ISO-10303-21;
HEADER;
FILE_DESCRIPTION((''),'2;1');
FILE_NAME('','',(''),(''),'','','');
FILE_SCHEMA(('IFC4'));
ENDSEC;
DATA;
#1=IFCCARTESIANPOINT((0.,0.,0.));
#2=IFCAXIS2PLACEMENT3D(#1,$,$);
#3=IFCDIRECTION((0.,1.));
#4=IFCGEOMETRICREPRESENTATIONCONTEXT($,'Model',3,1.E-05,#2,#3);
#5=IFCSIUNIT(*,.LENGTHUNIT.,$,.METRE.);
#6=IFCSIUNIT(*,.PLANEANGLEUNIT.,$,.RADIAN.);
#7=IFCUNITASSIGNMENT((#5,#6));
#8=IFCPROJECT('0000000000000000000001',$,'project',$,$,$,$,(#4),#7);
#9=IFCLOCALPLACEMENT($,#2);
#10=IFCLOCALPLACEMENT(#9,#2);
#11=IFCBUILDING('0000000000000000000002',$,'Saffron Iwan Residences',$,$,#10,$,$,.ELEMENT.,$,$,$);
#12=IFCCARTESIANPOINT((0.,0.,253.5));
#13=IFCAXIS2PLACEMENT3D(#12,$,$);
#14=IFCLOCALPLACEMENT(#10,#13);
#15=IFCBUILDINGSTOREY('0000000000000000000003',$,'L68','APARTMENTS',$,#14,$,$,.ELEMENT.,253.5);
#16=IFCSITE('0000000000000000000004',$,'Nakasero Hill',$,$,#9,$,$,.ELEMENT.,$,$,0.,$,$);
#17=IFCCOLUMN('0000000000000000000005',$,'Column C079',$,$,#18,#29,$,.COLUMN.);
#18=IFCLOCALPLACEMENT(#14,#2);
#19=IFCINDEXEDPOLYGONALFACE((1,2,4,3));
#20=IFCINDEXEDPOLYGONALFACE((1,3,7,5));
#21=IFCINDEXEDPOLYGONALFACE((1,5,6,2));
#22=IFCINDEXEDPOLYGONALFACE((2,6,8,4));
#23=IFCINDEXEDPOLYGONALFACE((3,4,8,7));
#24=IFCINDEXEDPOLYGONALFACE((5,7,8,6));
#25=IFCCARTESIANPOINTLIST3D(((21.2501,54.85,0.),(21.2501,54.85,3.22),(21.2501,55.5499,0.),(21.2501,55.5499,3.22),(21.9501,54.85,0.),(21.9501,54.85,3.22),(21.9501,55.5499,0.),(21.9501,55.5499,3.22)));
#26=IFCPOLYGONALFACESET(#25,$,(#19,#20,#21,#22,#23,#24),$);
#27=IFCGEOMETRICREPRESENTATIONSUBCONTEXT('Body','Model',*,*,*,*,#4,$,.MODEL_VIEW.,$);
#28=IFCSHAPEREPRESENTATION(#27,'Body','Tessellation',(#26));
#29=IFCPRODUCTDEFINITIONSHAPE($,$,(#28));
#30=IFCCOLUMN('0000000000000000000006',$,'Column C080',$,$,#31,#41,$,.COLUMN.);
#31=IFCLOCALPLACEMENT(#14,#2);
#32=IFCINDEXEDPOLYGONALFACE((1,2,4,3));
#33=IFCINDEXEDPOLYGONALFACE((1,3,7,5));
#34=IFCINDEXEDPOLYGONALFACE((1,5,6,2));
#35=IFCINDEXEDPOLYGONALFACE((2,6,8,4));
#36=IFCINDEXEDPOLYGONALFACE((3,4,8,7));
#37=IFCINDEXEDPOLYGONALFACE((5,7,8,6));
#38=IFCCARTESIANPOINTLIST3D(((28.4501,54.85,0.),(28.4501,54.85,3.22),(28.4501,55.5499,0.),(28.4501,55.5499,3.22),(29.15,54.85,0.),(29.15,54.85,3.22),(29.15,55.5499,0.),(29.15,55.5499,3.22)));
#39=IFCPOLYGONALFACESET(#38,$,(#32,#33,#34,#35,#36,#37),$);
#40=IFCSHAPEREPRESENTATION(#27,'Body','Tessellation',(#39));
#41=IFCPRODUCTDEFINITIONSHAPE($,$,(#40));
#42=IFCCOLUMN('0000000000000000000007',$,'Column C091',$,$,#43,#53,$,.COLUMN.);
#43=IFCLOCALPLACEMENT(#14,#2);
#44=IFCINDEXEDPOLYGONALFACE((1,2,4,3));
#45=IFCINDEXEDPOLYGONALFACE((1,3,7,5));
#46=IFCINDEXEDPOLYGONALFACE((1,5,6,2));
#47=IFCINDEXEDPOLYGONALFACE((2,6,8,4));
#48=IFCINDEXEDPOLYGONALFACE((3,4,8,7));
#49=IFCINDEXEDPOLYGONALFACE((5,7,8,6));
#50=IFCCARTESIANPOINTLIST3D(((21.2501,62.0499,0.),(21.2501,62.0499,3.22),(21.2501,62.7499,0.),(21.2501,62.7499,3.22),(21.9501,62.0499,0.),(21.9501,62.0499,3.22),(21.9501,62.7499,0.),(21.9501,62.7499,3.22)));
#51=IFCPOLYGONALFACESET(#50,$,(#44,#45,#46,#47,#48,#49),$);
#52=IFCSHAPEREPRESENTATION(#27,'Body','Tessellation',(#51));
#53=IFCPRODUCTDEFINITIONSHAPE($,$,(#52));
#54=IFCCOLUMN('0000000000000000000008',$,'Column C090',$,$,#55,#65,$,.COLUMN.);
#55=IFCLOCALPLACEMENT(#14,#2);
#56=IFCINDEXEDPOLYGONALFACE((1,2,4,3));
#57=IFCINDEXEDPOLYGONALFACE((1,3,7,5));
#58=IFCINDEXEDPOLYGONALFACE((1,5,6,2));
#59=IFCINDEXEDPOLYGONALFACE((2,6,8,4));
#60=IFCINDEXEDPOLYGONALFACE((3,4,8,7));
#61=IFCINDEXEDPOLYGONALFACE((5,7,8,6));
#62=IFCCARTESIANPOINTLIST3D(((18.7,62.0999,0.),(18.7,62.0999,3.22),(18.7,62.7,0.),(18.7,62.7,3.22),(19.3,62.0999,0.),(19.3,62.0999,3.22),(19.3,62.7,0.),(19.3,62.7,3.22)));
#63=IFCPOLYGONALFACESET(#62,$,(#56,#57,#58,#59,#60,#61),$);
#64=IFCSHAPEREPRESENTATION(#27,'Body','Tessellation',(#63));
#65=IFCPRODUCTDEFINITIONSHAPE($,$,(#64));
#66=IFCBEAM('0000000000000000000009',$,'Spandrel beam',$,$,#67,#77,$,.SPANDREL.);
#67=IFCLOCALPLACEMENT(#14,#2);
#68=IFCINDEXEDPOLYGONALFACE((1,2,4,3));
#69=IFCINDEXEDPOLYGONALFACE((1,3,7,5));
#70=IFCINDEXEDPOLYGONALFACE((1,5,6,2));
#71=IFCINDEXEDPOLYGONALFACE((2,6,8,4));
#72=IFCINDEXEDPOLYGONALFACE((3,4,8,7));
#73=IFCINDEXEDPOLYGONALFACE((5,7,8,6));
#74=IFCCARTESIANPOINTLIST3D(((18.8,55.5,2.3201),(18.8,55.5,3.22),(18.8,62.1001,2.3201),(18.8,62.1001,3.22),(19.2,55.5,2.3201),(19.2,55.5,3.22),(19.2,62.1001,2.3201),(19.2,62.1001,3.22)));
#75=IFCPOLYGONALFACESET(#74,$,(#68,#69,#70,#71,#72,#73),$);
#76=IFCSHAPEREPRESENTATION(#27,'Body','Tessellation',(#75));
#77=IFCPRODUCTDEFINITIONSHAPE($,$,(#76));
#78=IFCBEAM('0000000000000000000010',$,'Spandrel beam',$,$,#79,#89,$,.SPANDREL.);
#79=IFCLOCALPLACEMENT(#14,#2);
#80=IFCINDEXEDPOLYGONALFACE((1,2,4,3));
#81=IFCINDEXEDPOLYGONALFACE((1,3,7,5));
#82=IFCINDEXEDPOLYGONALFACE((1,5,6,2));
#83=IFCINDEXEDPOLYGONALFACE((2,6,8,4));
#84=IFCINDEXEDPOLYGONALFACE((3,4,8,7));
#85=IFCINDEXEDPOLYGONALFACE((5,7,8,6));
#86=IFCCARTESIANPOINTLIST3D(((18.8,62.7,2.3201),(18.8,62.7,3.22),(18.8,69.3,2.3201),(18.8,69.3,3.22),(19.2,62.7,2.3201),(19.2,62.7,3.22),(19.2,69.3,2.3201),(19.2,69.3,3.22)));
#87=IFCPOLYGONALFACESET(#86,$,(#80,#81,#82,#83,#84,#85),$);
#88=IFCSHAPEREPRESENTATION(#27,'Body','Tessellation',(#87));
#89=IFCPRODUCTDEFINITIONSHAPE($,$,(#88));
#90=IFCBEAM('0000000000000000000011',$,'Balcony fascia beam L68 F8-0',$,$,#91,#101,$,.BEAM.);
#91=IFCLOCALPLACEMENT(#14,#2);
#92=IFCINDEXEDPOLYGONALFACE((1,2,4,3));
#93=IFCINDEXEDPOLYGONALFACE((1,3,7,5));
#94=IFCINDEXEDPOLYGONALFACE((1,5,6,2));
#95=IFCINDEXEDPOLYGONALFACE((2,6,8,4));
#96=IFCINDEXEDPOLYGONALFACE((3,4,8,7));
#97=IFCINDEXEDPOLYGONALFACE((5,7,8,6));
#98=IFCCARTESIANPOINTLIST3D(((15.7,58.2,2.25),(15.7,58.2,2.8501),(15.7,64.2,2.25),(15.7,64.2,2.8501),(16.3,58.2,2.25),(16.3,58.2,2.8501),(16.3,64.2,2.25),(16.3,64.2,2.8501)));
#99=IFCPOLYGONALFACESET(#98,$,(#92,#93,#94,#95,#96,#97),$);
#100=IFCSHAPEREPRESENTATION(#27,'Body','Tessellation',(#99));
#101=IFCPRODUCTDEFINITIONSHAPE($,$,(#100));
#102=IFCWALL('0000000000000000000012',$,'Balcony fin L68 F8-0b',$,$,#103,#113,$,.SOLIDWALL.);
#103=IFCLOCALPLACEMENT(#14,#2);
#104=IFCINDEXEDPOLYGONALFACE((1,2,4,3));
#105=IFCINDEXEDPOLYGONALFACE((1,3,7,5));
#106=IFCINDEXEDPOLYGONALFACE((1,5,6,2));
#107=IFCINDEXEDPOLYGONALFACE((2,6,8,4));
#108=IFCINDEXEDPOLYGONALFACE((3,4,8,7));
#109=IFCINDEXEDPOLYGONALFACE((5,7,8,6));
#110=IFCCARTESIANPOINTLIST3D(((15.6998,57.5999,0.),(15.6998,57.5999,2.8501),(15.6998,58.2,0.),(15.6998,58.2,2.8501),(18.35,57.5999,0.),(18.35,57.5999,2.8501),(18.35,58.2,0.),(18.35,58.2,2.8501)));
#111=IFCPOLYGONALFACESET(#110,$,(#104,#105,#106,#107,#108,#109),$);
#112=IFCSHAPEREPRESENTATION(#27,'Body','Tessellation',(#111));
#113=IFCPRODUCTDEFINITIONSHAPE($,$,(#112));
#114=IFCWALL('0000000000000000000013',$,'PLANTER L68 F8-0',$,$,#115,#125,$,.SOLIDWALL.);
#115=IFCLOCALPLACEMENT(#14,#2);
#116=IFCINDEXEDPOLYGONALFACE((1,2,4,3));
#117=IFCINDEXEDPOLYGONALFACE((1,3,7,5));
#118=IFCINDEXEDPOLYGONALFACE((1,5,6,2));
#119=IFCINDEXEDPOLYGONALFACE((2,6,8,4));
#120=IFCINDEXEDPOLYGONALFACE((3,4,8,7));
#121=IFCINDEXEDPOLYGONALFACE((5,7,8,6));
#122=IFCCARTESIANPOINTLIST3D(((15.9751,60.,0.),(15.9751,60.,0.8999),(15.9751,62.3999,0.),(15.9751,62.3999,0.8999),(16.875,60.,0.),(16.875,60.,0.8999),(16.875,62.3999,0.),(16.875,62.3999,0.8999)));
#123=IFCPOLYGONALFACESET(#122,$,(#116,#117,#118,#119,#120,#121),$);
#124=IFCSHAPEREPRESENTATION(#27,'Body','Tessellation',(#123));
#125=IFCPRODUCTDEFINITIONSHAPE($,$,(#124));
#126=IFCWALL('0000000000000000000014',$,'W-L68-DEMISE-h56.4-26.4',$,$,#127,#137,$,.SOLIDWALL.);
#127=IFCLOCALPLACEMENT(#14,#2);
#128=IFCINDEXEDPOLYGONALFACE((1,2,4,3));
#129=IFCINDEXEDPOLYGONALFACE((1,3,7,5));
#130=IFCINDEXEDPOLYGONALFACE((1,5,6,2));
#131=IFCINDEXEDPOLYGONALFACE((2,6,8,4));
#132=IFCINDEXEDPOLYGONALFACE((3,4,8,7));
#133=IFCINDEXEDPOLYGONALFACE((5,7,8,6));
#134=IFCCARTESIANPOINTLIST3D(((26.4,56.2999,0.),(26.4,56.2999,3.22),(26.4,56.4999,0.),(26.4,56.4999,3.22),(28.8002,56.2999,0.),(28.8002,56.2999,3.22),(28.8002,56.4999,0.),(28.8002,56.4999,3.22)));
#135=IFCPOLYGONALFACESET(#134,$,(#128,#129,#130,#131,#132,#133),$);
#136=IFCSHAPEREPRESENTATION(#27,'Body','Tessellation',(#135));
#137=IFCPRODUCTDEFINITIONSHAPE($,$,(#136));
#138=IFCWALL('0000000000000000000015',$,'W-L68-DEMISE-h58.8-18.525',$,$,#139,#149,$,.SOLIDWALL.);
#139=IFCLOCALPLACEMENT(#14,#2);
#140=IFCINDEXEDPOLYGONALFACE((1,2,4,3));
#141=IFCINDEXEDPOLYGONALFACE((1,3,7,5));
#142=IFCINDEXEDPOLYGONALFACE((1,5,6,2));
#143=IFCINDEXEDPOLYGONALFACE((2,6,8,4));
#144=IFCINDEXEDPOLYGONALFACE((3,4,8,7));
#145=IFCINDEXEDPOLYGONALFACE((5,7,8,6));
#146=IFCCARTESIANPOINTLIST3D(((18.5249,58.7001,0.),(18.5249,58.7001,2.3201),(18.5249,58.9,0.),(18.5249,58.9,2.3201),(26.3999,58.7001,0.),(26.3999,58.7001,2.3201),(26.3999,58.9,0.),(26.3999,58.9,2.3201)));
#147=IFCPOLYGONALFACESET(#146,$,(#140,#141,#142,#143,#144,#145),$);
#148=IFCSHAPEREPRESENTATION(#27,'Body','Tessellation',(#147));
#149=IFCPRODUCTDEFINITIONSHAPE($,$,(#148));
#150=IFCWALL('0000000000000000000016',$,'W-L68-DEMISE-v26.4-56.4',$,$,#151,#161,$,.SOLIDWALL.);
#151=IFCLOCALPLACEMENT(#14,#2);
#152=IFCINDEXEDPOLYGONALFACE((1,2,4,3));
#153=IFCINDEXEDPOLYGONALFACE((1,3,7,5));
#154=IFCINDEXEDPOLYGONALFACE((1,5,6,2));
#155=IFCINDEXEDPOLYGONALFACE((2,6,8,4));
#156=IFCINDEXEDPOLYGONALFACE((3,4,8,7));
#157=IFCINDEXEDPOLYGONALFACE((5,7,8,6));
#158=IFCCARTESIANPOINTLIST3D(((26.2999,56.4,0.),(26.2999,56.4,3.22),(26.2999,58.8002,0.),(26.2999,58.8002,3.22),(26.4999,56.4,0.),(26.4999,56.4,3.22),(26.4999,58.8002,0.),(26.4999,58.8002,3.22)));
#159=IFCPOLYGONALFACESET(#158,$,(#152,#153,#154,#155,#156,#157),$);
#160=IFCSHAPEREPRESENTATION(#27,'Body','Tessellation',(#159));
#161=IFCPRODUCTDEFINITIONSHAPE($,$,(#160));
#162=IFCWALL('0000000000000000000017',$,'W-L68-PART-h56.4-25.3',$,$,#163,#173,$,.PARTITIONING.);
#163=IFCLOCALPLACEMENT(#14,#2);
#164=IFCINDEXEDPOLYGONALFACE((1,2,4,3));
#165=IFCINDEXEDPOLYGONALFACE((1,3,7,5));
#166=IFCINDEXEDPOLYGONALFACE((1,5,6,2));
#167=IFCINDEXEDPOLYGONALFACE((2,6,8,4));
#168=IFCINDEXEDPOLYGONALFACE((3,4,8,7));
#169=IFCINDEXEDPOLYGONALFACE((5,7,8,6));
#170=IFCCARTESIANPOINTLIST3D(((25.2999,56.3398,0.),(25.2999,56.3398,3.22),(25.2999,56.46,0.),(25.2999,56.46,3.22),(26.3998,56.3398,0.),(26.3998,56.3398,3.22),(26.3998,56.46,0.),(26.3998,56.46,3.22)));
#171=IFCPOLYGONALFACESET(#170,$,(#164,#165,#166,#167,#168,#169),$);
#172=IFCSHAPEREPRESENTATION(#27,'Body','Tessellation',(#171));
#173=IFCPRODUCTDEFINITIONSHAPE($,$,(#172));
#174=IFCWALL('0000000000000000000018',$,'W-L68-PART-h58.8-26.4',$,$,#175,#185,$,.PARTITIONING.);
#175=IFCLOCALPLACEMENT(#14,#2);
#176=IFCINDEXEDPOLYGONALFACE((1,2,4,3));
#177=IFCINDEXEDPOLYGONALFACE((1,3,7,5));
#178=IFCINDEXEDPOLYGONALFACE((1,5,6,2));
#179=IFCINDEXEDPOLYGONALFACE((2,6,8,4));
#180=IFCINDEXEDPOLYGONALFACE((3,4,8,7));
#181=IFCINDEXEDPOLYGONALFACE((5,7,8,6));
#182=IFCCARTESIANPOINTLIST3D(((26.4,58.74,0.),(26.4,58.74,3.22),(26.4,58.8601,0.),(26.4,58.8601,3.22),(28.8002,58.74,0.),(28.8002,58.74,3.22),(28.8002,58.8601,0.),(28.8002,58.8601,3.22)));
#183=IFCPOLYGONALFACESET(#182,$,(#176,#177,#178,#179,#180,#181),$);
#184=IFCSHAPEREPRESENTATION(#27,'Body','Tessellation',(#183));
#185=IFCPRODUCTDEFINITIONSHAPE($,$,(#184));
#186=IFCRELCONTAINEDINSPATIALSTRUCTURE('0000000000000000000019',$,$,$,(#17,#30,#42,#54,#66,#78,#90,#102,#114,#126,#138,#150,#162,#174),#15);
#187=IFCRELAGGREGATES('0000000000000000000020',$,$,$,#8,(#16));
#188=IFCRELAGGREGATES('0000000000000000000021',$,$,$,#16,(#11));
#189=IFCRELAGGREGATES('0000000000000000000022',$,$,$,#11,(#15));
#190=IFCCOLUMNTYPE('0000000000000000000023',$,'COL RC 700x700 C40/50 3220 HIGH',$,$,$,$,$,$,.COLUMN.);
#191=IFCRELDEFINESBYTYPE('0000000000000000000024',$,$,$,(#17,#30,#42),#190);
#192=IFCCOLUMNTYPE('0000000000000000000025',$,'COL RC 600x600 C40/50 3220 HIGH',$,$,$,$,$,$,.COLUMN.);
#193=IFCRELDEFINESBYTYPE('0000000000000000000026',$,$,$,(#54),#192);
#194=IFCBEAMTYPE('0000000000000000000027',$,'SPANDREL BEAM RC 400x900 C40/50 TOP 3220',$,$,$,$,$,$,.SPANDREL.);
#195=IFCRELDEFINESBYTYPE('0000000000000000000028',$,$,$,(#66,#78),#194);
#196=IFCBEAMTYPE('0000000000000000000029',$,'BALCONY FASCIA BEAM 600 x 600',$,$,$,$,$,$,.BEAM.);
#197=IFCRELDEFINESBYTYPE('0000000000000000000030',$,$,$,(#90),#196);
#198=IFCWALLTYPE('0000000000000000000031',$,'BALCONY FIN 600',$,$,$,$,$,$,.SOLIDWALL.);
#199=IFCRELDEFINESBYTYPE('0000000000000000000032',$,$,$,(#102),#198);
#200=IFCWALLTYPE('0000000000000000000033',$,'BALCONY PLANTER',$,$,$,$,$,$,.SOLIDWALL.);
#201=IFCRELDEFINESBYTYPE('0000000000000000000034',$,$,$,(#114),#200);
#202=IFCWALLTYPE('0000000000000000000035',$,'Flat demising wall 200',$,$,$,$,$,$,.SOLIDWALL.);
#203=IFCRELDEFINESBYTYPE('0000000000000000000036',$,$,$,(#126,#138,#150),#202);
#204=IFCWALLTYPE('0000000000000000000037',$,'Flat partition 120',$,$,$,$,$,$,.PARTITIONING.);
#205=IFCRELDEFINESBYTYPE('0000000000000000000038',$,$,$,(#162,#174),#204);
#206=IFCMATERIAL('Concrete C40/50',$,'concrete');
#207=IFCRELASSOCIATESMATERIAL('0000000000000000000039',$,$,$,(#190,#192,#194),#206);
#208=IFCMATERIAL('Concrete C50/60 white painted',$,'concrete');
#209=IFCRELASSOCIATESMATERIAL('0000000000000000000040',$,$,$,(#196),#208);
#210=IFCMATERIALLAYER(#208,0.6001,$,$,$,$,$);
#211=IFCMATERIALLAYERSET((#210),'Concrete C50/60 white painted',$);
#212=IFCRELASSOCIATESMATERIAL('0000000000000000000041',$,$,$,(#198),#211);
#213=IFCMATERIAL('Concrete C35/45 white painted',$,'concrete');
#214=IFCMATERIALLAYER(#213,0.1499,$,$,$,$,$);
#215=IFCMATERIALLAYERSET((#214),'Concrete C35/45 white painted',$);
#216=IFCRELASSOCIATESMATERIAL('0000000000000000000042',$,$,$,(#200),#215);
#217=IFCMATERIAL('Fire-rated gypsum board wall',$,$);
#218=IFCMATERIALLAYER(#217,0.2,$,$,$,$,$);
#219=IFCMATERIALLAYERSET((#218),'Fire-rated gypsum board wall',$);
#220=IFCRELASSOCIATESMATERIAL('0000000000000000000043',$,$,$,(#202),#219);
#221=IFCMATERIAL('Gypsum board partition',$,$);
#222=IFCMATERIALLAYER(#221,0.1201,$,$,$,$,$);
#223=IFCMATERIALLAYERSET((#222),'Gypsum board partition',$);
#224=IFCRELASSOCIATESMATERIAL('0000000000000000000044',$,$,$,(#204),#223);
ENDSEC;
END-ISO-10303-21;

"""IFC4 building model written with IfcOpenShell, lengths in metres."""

from ifc_helpers import new_model, si_unit, direction, frame, frame_2d, origin, origin_2d, place, context, subcontext, project, spatial, rectangle, extrude, source, transform, mapped, material, layer, layer_set, material_profile, profile_set, type_object, element, save


model = new_model("IFC4")

# Units and contexts
model_context = context("Model", 3, precision=1e-05, world=origin(), true_north=direction((0.0, 1.0)))
body_context = subcontext(model_context, "Body", "Model", "MODEL_VIEW")
ifc_project = project(units=[si_unit("LENGTHUNIT", "METRE"), si_unit("PLANEANGLEUNIT", "RADIAN")], contexts=[model_context])

# Site, building, storey
site_placement = place(None, origin())
site = spatial("IfcSite", under=ifc_project, at=site_placement, Name="Nakasero Hill", CompositionType="ELEMENT", RefElevation=0.0)
building_placement = place(site_placement, origin())
building = spatial("IfcBuilding", under=site, at=building_placement, Name="Saffron Iwan Residences", CompositionType="ELEMENT")
storey_placement = place(building_placement, frame((0.0, 0.0, 253.5)))
storey = spatial("IfcBuildingStorey", under=building, at=storey_placement, Name="L68", Description="APARTMENTS", CompositionType="ELEMENT", Elevation=253.5)

# Columns
ifc_material_1 = material(Name="Concrete C40/50", Category="concrete")
ifc_material_profile_1 = material_profile(ifc_material_1, rectangle(XDim=0.7, YDim=0.7, at=origin_2d()), Name="RC 700x700")
ifc_profile_set_1 = profile_set([ifc_material_profile_1], Name="Concrete C40/50")
column_type_1 = type_object("IfcColumnType", Name="COL RC 700x700 C40/50 3220 HIGH", PredefinedType="COLUMN", material=ifc_profile_set_1)
shared_shape_1 = source(origin(), body_context, "Body", "SweptSolid", [
    extrude(rectangle(XDim=0.7, YDim=0.7, at=origin_2d()), origin(), (0.0, 0.0, 1.0), 3.22),
])
for number, where, z_axis, x_axis, name in (
    (1, (21.6001, 55.2, 0.0), (0.0, 0.0, 1.0), (1.0, 0.0, 0.0), "Column C079"),
    (2, (28.8, 55.2, 0.0), (0.0, 0.0, 1.0), (1.0, 0.0, 0.0), "Column C080"),
    (3, (21.6001, 62.3999, 0.0), (0.0, 0.0, 1.0), (1.0, 0.0, 0.0), "Column C091"),
):
    element("IfcColumn", number, at=place(storey_placement, frame(where, z_axis=z_axis, x_axis=x_axis)), inside=storey, type_object=column_type_1, Name=name, PredefinedType="COLUMN", context=body_context, shape_type="MappedRepresentation", body=[
        mapped(shared_shape_1, transform((0.0, 0.0, 0.0))),
    ])
ifc_material_profile_2 = material_profile(ifc_material_1, rectangle(XDim=0.6001, YDim=0.6001, at=origin_2d()), Name="RC 600x600")
ifc_profile_set_2 = profile_set([ifc_material_profile_2], Name="Concrete C40/50")
column_type_2 = type_object("IfcColumnType", Name="COL RC 600x600 C40/50 3220 HIGH", PredefinedType="COLUMN", material=ifc_profile_set_2)
shared_shape_2 = source(origin(), body_context, "Body", "SweptSolid", [
    extrude(rectangle(XDim=0.6001, YDim=0.6001, at=origin_2d()), origin(), (0.0, 0.0, 1.0), 3.22),
])
column_placement = place(storey_placement, frame((19.0, 62.3999, 0.0), z_axis=(0.0, 0.0, 1.0), x_axis=(1.0, 0.0, 0.0)))
element("IfcColumn", 4, at=column_placement, inside=storey, type_object=column_type_2, Name="Column C090", PredefinedType="COLUMN", context=body_context, shape_type="MappedRepresentation", body=[
    mapped(shared_shape_2, transform((0.0, 0.0, 0.0))),
])

# Beams
ifc_material_profile_3 = material_profile(ifc_material_1, rectangle(XDim=0.3999, YDim=0.8999, at=origin_2d()), Name="RC 400x900")
ifc_profile_set_3 = profile_set([ifc_material_profile_3], Name="Concrete C40/50")
beam_type_1 = type_object("IfcBeamType", Name="SPANDREL BEAM RC 400x900 C40/50 TOP 3220", PredefinedType="SPANDREL", material=ifc_profile_set_3)
shared_shape_3 = source(origin(), body_context, "Body", "SweptSolid", [
    extrude(rectangle(XDim=0.3999, YDim=0.8999, at=origin_2d()), origin(), (0.0, 0.0, 1.0), 6.6001),
])
for number, where, z_axis, x_axis, name in (
    (5, (19.0, 55.5, 2.77), (0.0, 1.0, 0.0), (-1.0, 0.0, 0.0), "Spandrel beam"),
    (6, (19.0, 62.7, 2.77), (0.0, 1.0, 0.0), (-1.0, 0.0, 0.0), "Spandrel beam"),
):
    element("IfcBeam", number, at=place(storey_placement, frame(where, z_axis=z_axis, x_axis=x_axis)), inside=storey, type_object=beam_type_1, Name=name, PredefinedType="SPANDREL", context=body_context, shape_type="MappedRepresentation", body=[
        mapped(shared_shape_3, transform((0.0, 0.0, 0.0))),
    ])
ifc_material_2 = material(Name="Concrete C50/60 white painted", Category="concrete")
ifc_material_profile_4 = material_profile(ifc_material_2, rectangle(XDim=0.6001, YDim=0.6001, at=origin_2d()), Name="BALCONY FASCIA BEAM 600 x 600")
ifc_profile_set_4 = profile_set([ifc_material_profile_4], Name="Concrete C50/60 white painted")
beam_type_2 = type_object("IfcBeamType", Name="BALCONY FASCIA BEAM 600 x 600", PredefinedType="BEAM", material=ifc_profile_set_4)
shared_shape_4 = source(origin(), body_context, "Body", "SweptSolid", [
    extrude(rectangle(XDim=0.6001, YDim=0.6001, at=origin_2d()), origin(), (0.0, 0.0, 1.0), 6.0),
])
beam_placement = place(storey_placement, frame((16.0, 64.2, 2.55), z_axis=(0.0, -1.0, 0.0), x_axis=(1.0, 0.0, 0.0)))
element("IfcBeam", 7, at=beam_placement, inside=storey, type_object=beam_type_2, Name="Balcony fascia beam L68 F8-0", PredefinedType="BEAM", context=body_context, shape_type="MappedRepresentation", body=[
    mapped(shared_shape_4, transform((0.0, 0.0, 0.0))),
])

# Walls
ifc_layer_1 = layer(ifc_material_2, 0.6001)
ifc_layer_set_1 = layer_set([ifc_layer_1], Name="Concrete C50/60 white painted")
wall_type_1 = type_object("IfcWallType", Name="BALCONY FIN 600", PredefinedType="SOLIDWALL", material=ifc_layer_set_1)
wall_1_placement = place(storey_placement, frame((18.3501, 57.8999, 0.0), z_axis=(0.0, 0.0, 1.0), x_axis=(-1.0, 0.0, 0.0)))
element("IfcWall", 8, at=wall_1_placement, inside=storey, type_object=wall_type_1, Name="Balcony fin L68 F8-0b", PredefinedType="SOLIDWALL", context=body_context, shape_type="SweptSolid", body=[
    extrude(rectangle(XDim=2.6501, YDim=0.6001, at=frame_2d((1.3252, 0.0))), origin(), (0.0, 0.0, 1.0), 2.8501),
])
ifc_material_3 = material(Name="Concrete C35/45 white painted", Category="concrete")
ifc_layer_2 = layer(ifc_material_3, 0.1499)
ifc_layer_set_2 = layer_set([ifc_layer_2], Name="Concrete C35/45 white painted")
wall_type_2 = type_object("IfcWallType", Name="BALCONY PLANTER", PredefinedType="SOLIDWALL", material=ifc_layer_set_2)
wall_2_placement = place(storey_placement, frame((16.425, 62.3999, 0.0), z_axis=(0.0, 0.0, 1.0), x_axis=(0.0, -1.0, 0.0)))
element("IfcWall", 9, at=wall_2_placement, inside=storey, type_object=wall_type_2, Name="PLANTER L68 F8-0", PredefinedType="SOLIDWALL", context=body_context, shape_type="SweptSolid", body=[
    extrude(rectangle(XDim=2.3999, YDim=0.8999, at=frame_2d((1.2, 0.0))), origin(), (0.0, 0.0, 1.0), 0.8999),
])
ifc_material_4 = material(Name="Fire-rated gypsum board wall")
ifc_layer_3 = layer(ifc_material_4, 0.2)
ifc_layer_set_3 = layer_set([ifc_layer_3], Name="Fire-rated gypsum board wall")
wall_type_3 = type_object("IfcWallType", Name="Flat demising wall 200", PredefinedType="SOLIDWALL", material=ifc_layer_set_3)
wall_3_placement = place(storey_placement, frame((26.3999, 56.3999, 0.0), z_axis=(0.0, 0.0, 1.0), x_axis=(1.0, 0.0, 0.0)))
element("IfcWall", 10, at=wall_3_placement, inside=storey, type_object=wall_type_3, Name="W-L68-DEMISE-h56.4-26.4", PredefinedType="SOLIDWALL", context=body_context, shape_type="SweptSolid", body=[
    extrude(rectangle(XDim=2.4001, YDim=0.2, at=frame_2d((1.2002, 0.0))), origin(), (0.0, 0.0, 1.0), 3.22),
])
wall_4_placement = place(storey_placement, frame((18.5249, 58.8, 0.0), z_axis=(0.0, 0.0, 1.0), x_axis=(1.0, 0.0, 0.0)))
element("IfcWall", 11, at=wall_4_placement, inside=storey, type_object=wall_type_3, Name="W-L68-DEMISE-h58.8-18.525", PredefinedType="SOLIDWALL", context=body_context, shape_type="SweptSolid", body=[
    extrude(rectangle(XDim=7.875, YDim=0.2, at=frame_2d((3.9375, 0.0))), origin(), (0.0, 0.0, 1.0), 2.3201),
])
wall_5_placement = place(storey_placement, frame((26.3999, 56.3999, 0.0), z_axis=(0.0, 0.0, 1.0), x_axis=(0.0, 1.0, 0.0)))
element("IfcWall", 12, at=wall_5_placement, inside=storey, type_object=wall_type_3, Name="W-L68-DEMISE-v26.4-56.4", PredefinedType="SOLIDWALL", context=body_context, shape_type="SweptSolid", body=[
    extrude(rectangle(XDim=2.4001, YDim=0.2, at=frame_2d((1.2002, 0.0))), origin(), (0.0, 0.0, 1.0), 3.22),
])
ifc_material_5 = material(Name="Gypsum board partition")
ifc_layer_4 = layer(ifc_material_5, 0.1201)
ifc_layer_set_4 = layer_set([ifc_layer_4], Name="Gypsum board partition")
wall_type_4 = type_object("IfcWallType", Name="Flat partition 120", PredefinedType="PARTITIONING", material=ifc_layer_set_4)
wall_6_placement = place(storey_placement, frame((25.3, 56.3999, 0.0), z_axis=(0.0, 0.0, 1.0), x_axis=(1.0, 0.0, 0.0)))
element("IfcWall", 13, at=wall_6_placement, inside=storey, type_object=wall_type_4, Name="W-L68-PART-h56.4-25.3", PredefinedType="PARTITIONING", context=body_context, shape_type="SweptSolid", body=[
    extrude(rectangle(XDim=1.0999, YDim=0.1201, at=frame_2d((0.5498, 0.0))), origin(), (0.0, 0.0, 1.0), 3.22),
])
wall_7_placement = place(storey_placement, frame((26.3999, 58.8, 0.0), z_axis=(0.0, 0.0, 1.0), x_axis=(1.0, 0.0, 0.0)))
element("IfcWall", 14, at=wall_7_placement, inside=storey, type_object=wall_type_4, Name="W-L68-PART-h58.8-26.4", PredefinedType="PARTITIONING", context=body_context, shape_type="SweptSolid", body=[
    extrude(rectangle(XDim=2.4001, YDim=0.1201, at=frame_2d((1.2002, 0.0))), origin(), (0.0, 0.0, 1.0), 3.22),
])

save(model, "model.ifc")
